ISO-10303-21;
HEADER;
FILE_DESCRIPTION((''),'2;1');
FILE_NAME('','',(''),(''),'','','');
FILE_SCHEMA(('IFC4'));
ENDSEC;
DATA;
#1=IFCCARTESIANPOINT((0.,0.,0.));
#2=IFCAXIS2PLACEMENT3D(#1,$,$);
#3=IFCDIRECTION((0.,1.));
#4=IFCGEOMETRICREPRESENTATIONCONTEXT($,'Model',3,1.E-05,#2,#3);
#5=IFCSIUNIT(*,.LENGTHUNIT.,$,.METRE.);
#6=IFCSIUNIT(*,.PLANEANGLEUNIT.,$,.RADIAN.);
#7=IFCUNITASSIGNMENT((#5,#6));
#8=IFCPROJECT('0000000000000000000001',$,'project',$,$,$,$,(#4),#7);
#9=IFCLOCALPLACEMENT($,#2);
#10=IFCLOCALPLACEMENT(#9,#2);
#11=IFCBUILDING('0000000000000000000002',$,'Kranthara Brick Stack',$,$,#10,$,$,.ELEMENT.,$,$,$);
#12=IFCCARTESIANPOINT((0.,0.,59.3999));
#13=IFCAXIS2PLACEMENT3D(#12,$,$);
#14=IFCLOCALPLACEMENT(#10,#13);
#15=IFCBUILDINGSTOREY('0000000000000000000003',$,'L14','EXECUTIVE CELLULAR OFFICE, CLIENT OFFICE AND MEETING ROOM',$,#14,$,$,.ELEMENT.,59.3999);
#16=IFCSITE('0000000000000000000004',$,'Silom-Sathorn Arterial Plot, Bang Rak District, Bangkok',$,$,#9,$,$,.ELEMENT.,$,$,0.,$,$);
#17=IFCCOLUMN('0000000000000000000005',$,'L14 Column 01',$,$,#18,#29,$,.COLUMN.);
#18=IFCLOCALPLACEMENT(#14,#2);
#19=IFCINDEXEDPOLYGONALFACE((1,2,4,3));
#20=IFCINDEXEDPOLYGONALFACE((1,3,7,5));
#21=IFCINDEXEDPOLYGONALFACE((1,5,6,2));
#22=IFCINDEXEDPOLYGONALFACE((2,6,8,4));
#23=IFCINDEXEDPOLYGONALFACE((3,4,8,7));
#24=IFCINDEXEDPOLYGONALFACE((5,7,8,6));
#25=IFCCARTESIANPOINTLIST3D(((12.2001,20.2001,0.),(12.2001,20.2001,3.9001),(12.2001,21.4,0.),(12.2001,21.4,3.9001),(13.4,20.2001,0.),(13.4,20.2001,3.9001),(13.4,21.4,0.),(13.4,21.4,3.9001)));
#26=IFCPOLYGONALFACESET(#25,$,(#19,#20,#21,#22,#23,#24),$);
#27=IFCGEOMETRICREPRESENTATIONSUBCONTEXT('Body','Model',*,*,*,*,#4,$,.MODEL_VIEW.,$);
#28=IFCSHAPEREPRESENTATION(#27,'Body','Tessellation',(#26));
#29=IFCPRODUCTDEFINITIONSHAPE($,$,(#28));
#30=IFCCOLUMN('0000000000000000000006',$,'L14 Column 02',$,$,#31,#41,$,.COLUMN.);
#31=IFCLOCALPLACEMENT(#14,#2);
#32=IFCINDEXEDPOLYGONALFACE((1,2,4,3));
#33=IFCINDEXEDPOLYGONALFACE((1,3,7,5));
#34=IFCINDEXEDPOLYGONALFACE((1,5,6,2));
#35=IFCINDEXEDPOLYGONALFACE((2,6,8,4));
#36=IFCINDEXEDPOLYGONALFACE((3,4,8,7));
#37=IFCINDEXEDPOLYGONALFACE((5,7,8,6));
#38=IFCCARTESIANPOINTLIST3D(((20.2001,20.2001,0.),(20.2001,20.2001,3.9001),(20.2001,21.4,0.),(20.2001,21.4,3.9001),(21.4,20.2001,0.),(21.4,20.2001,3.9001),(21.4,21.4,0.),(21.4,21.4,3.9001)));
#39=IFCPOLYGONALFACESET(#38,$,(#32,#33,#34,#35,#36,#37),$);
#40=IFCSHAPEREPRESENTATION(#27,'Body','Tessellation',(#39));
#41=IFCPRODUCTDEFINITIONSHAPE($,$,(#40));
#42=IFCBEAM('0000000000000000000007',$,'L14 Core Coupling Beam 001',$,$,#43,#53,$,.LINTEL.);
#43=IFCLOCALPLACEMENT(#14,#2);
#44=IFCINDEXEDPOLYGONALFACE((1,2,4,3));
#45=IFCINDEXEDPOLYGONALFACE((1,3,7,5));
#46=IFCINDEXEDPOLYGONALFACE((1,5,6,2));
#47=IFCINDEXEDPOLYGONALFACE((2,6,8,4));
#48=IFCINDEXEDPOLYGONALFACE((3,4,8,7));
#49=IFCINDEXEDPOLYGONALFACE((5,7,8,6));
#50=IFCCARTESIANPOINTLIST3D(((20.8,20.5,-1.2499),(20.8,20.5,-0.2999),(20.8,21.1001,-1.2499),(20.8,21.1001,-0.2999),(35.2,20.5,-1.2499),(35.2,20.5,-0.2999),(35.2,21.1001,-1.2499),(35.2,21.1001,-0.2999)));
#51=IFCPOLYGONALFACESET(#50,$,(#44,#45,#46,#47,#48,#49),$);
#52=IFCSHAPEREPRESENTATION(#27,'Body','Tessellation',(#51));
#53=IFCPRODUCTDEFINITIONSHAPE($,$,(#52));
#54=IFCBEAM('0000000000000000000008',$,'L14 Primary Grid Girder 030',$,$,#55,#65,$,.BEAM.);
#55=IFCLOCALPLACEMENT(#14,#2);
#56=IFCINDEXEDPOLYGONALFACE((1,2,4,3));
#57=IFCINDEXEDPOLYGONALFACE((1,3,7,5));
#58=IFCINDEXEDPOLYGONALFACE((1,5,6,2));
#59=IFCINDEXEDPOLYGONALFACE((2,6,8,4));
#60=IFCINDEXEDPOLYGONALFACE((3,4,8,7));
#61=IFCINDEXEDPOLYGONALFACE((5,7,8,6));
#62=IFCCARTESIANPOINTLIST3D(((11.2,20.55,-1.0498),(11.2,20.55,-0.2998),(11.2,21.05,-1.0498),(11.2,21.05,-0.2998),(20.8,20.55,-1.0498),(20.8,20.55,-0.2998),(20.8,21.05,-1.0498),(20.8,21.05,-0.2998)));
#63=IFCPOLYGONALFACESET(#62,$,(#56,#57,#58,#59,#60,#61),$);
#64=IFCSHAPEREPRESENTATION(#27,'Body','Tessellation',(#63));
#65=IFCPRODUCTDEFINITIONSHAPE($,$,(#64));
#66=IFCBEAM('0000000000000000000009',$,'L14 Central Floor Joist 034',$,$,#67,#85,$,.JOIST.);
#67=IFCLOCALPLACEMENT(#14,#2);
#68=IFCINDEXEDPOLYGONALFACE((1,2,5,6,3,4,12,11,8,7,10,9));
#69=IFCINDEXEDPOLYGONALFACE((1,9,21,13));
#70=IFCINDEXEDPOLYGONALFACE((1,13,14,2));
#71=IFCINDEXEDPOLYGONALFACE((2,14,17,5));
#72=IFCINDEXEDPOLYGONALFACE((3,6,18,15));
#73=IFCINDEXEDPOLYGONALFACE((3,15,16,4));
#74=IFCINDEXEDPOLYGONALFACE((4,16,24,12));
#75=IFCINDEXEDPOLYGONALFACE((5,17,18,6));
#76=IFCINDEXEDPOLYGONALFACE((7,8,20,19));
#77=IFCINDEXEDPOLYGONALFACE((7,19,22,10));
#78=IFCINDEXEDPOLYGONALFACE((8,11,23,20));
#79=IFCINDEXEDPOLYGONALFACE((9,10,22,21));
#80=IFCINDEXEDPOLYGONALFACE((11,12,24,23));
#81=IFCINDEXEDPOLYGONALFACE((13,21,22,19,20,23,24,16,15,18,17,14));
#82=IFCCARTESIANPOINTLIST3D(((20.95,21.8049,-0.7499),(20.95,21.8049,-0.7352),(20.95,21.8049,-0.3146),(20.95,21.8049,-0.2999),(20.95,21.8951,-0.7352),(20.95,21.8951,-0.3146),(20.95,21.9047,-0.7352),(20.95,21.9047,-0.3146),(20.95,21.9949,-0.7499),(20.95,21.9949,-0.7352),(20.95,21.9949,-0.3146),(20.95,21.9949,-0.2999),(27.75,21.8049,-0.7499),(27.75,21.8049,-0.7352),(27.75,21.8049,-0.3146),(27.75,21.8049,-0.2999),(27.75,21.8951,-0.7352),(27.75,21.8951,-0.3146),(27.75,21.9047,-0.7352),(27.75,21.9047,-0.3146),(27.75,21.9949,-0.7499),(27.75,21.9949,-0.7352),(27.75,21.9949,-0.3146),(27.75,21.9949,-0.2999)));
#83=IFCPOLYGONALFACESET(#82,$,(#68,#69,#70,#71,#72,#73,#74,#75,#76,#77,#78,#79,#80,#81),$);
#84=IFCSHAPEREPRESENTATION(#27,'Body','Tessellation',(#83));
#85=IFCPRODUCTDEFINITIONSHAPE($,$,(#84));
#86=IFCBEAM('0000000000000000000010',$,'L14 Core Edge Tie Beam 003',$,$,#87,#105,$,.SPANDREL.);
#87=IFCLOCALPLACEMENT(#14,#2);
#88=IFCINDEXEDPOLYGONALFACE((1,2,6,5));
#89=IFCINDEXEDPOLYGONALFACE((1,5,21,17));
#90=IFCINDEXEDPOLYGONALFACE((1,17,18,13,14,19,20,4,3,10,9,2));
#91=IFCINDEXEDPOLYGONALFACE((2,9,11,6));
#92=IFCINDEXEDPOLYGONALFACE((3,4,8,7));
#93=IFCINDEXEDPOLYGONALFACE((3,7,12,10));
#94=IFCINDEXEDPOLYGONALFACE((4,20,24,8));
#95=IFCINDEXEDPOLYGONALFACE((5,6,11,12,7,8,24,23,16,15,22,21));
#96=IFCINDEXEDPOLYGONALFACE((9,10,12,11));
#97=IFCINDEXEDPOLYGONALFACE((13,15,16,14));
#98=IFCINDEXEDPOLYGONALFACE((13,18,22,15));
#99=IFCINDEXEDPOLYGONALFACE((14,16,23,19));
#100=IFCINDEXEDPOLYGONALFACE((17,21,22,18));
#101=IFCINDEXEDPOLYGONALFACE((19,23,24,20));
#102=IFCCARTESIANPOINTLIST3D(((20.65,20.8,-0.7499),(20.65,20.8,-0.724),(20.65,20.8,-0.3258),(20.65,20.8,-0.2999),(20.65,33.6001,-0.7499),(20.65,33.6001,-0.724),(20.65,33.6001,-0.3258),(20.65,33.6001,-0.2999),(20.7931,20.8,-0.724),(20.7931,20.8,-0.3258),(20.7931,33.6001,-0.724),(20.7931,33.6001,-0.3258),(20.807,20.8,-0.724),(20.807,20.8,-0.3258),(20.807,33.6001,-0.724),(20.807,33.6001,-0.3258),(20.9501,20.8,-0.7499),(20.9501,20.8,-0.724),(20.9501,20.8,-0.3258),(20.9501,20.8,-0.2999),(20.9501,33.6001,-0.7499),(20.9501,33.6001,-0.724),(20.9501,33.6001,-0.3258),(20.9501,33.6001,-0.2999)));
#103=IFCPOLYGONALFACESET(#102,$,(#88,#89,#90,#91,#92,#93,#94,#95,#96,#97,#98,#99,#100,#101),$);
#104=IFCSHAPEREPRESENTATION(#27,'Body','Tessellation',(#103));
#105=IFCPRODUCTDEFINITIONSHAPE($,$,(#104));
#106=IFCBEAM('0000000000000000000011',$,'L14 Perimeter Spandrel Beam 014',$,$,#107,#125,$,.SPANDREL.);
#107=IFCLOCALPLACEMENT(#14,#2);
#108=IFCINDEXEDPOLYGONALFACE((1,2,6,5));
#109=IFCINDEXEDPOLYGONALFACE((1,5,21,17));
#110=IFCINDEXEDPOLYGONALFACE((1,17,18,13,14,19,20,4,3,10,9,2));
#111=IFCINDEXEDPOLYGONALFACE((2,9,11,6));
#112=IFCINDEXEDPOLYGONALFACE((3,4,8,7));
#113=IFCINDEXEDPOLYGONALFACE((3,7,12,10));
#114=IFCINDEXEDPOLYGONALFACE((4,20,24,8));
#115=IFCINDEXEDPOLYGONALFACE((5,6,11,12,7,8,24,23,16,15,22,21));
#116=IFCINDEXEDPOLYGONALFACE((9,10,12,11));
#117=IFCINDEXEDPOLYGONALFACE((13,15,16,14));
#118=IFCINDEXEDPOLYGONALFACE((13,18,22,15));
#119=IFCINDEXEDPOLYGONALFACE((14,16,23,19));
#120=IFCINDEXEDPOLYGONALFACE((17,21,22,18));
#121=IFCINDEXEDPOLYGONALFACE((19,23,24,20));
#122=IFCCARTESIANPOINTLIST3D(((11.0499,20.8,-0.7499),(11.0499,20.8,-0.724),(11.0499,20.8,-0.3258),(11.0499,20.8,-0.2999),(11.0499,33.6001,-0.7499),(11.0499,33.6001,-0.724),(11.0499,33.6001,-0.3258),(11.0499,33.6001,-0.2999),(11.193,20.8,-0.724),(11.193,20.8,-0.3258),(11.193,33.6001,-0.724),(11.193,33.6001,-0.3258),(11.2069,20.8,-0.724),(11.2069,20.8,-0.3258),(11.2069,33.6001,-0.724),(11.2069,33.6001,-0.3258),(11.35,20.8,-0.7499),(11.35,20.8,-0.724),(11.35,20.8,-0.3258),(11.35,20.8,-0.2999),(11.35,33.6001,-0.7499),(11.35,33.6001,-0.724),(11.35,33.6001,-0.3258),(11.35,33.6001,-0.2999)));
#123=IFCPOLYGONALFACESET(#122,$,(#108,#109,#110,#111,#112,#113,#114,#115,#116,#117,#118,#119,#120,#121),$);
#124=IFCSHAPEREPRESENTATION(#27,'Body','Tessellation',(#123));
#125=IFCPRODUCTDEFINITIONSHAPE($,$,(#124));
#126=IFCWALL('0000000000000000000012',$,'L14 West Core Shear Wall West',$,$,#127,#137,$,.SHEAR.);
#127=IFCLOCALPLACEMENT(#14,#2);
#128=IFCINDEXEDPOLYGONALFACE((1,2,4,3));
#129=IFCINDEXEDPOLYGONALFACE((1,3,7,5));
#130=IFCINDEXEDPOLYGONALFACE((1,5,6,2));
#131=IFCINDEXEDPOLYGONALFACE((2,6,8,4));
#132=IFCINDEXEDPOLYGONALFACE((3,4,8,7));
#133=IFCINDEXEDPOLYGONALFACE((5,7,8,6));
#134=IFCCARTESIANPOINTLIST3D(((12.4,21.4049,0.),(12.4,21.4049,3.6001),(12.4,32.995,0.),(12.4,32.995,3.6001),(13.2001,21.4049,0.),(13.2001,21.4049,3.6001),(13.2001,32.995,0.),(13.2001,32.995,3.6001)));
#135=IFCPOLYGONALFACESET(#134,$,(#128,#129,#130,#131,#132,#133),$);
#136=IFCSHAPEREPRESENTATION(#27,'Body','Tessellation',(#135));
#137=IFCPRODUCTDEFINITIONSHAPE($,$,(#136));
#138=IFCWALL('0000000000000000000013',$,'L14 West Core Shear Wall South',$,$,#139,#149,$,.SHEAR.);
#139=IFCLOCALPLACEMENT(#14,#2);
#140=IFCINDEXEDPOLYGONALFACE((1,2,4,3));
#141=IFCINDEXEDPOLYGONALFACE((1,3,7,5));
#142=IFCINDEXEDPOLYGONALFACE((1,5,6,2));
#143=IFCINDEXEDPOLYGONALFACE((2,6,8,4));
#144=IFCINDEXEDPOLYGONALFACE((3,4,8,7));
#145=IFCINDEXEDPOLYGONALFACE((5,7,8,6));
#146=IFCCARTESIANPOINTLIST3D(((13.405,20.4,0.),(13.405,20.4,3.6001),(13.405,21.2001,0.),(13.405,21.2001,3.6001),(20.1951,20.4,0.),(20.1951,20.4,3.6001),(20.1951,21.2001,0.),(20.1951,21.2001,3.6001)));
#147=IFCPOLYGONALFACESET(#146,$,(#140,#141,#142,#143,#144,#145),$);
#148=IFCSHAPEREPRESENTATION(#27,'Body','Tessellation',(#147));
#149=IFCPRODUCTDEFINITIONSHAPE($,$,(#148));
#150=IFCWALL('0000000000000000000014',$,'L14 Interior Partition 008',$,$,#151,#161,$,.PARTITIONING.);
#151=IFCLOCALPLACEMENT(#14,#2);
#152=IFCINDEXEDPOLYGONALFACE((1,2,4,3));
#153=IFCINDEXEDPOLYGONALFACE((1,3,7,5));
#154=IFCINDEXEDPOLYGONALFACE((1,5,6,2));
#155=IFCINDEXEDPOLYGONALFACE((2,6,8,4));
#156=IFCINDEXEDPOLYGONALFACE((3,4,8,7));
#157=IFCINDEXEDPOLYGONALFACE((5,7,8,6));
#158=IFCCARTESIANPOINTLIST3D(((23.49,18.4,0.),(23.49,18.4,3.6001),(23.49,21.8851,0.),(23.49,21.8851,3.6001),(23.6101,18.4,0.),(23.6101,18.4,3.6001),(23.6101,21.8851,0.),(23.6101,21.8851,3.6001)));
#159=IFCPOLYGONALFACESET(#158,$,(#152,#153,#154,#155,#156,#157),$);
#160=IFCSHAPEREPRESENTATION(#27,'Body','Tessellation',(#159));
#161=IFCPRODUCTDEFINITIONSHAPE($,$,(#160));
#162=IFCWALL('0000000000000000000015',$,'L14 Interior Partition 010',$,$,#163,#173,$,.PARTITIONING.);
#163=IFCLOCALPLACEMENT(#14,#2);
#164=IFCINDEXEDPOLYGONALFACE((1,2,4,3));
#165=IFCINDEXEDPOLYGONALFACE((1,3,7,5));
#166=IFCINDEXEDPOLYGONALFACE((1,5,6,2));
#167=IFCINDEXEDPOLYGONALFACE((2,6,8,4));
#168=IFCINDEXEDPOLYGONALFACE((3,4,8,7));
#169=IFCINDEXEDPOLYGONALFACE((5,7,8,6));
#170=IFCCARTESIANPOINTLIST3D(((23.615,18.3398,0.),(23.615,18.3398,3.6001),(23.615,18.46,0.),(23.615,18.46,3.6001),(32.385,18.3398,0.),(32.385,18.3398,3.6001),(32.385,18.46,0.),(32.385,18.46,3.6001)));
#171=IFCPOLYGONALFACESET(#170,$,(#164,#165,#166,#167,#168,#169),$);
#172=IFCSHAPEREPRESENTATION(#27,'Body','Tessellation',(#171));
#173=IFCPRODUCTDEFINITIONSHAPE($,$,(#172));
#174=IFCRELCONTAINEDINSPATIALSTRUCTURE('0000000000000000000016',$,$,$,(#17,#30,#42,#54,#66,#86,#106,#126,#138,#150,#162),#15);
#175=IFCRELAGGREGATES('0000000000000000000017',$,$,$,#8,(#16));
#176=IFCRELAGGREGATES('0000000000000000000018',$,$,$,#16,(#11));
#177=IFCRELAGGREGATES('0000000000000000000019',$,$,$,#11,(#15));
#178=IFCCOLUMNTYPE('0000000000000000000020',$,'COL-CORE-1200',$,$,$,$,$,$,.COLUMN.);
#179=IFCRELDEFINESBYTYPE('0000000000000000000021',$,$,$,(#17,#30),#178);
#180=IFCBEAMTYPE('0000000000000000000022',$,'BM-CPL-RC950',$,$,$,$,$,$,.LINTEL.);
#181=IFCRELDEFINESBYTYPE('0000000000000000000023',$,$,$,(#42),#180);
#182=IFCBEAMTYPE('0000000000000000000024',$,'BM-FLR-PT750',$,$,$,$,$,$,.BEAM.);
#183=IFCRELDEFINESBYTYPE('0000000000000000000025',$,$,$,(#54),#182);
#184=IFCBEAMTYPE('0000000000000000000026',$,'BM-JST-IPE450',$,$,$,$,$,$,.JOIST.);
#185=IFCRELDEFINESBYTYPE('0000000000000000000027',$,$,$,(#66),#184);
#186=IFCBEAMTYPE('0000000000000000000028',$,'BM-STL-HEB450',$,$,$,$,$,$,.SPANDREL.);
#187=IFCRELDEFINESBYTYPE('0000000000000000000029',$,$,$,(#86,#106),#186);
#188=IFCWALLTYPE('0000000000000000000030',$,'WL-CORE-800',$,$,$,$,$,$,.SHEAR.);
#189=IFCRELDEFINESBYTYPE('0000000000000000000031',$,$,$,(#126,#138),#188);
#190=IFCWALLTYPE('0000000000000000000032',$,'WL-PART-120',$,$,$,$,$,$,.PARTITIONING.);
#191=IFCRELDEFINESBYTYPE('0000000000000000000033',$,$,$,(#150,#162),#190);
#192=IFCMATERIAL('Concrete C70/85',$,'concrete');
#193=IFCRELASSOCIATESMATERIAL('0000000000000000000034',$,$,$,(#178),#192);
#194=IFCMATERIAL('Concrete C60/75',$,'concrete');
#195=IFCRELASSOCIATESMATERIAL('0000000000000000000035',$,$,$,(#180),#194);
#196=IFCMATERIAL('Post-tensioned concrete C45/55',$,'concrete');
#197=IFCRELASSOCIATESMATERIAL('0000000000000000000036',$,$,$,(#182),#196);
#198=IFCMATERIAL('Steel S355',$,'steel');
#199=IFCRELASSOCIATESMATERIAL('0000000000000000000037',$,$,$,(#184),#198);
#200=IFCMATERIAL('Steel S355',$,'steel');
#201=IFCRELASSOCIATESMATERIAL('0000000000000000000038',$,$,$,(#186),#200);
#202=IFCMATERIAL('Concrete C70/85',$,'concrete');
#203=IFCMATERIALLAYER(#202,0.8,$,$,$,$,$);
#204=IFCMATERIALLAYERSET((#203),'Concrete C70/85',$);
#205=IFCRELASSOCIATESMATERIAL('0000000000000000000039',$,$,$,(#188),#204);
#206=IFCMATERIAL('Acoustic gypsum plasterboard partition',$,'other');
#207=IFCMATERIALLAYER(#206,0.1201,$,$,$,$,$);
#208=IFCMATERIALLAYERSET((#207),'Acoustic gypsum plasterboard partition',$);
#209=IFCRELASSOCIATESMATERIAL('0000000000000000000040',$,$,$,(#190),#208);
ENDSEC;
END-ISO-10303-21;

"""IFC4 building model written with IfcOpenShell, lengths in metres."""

from ifc_helpers import new_model, si_unit, direction, frame, frame_2d, origin, origin_2d, place, context, subcontext, project, spatial, rectangle, i_section, extrude, material, layer, layer_set, material_profile, profile_set, type_object, element, save


model = new_model("IFC4")

# Units and contexts
model_context = context("Model", 3, precision=1e-05, world=origin(), true_north=direction((0.0, 1.0)))
body_context = subcontext(model_context, "Body", "Model", "MODEL_VIEW")
ifc_project = project(units=[si_unit("LENGTHUNIT", "METRE"), si_unit("PLANEANGLEUNIT", "RADIAN")], contexts=[model_context])

# Site, building, storey
site_placement = place(None, origin())
site = spatial("IfcSite", under=ifc_project, at=site_placement, Name="Silom-Sathorn Arterial Plot, Bang Rak District, Bangkok", CompositionType="ELEMENT", RefElevation=0.0)
building_placement = place(site_placement, origin())
building = spatial("IfcBuilding", under=site, at=building_placement, Name="Kranthara Brick Stack", CompositionType="ELEMENT")
storey_placement = place(building_placement, frame((0.0, 0.0, 59.3999)))
storey = spatial("IfcBuildingStorey", under=building, at=storey_placement, Name="L14", Description="EXECUTIVE CELLULAR OFFICE, CLIENT OFFICE AND MEETING ROOM", CompositionType="ELEMENT", Elevation=59.3999)

# Columns
ifc_material_1 = material(Name="Concrete C70/85", Category="concrete")
ifc_material_profile_1 = material_profile(ifc_material_1, rectangle(XDim=1.2, YDim=1.2, at=origin_2d()), Name="RC 1200x1200")
ifc_profile_set_1 = profile_set([ifc_material_profile_1], Name="Concrete C70/85")
column_type = type_object("IfcColumnType", Name="COL-CORE-1200", PredefinedType="COLUMN", material=ifc_profile_set_1)
for number, where, z_axis, x_axis, name in (
    (1, (12.8, 20.8, 0.0), (0.0, 0.0, 1.0), (1.0, 0.0, 0.0), "L14 Column 01"),
    (2, (20.8, 20.8, 0.0), (0.0, 0.0, 1.0), (1.0, 0.0, 0.0), "L14 Column 02"),
):
    element("IfcColumn", number, at=place(storey_placement, frame(where, z_axis=z_axis, x_axis=x_axis)), inside=storey, type_object=column_type, Name=name, PredefinedType="COLUMN", context=body_context, shape_type="SweptSolid", body=[
        extrude(rectangle(XDim=1.2, YDim=1.2, at=origin_2d()), origin(), (0.0, 0.0, 1.0), 3.9001),
    ])

# Beams
ifc_material_2 = material(Name="Concrete C60/75", Category="concrete")
ifc_material_profile_2 = material_profile(ifc_material_2, rectangle(XDim=0.6001, YDim=0.95, at=origin_2d()), Name="RC 600x950")
ifc_profile_set_2 = profile_set([ifc_material_profile_2], Name="Concrete C60/75")
beam_type_1 = type_object("IfcBeamType", Name="BM-CPL-RC950", PredefinedType="LINTEL", material=ifc_profile_set_2)
beam_1_placement = place(storey_placement, frame((20.8, 20.8, -0.7749), z_axis=(1.0, 0.0, 0.0), x_axis=(0.0, 1.0, 0.0)))
element("IfcBeam", 3, at=beam_1_placement, inside=storey, type_object=beam_type_1, Name="L14 Core Coupling Beam 001", PredefinedType="LINTEL", context=body_context, shape_type="SweptSolid", body=[
    extrude(rectangle(XDim=0.6001, YDim=0.95, at=origin_2d()), origin(), (0.0, 0.0, 1.0), 14.3999),
])
ifc_material_3 = material(Name="Post-tensioned concrete C45/55", Category="concrete")
ifc_material_profile_3 = material_profile(ifc_material_3, rectangle(XDim=0.5, YDim=0.75, at=origin_2d()), Name="PT 500x750")
ifc_profile_set_3 = profile_set([ifc_material_profile_3], Name="Post-tensioned concrete C45/55")
beam_type_2 = type_object("IfcBeamType", Name="BM-FLR-PT750", PredefinedType="BEAM", material=ifc_profile_set_3)
beam_2_placement = place(storey_placement, frame((11.2, 20.8, -0.6748), z_axis=(1.0, 0.0, 0.0), x_axis=(0.0, 1.0, 0.0)))
element("IfcBeam", 4, at=beam_2_placement, inside=storey, type_object=beam_type_2, Name="L14 Primary Grid Girder 030", PredefinedType="BEAM", context=body_context, shape_type="SweptSolid", body=[
    extrude(rectangle(XDim=0.5, YDim=0.75, at=origin_2d()), origin(), (0.0, 0.0, 1.0), 9.6001),
])
ifc_material_4 = material(Name="Steel S355", Category="steel")
ifc_material_profile_4 = material_profile(ifc_material_4, i_section(OverallWidth=0.1899, OverallDepth=0.45, WebThickness=0.0095, FlangeThickness=0.0146, at=origin_2d()), Name="IPE 450")
ifc_profile_set_4 = profile_set([ifc_material_profile_4], Name="Steel S355")
beam_type_3 = type_object("IfcBeamType", Name="BM-JST-IPE450", PredefinedType="JOIST", material=ifc_profile_set_4)
beam_3_placement = place(storey_placement, frame((20.95, 21.8999, -0.5249), z_axis=(1.0, 0.0, 0.0), x_axis=(0.0, 1.0, 0.0)))
element("IfcBeam", 5, at=beam_3_placement, inside=storey, type_object=beam_type_3, Name="L14 Central Floor Joist 034", PredefinedType="JOIST", context=body_context, shape_type="SweptSolid", body=[
    extrude(i_section(OverallWidth=0.1899, OverallDepth=0.45, WebThickness=0.0095, FlangeThickness=0.0146, at=origin_2d()), origin(), (0.0, 0.0, 1.0), 6.8),
])
ifc_material_5 = material(Name="Steel S355", Category="steel")
ifc_material_profile_5 = material_profile(ifc_material_5, i_section(OverallWidth=0.3, OverallDepth=0.45, WebThickness=0.0139, FlangeThickness=0.0259, at=origin_2d()), Name="HEB 450")
ifc_profile_set_5 = profile_set([ifc_material_profile_5], Name="Steel S355")
beam_type_4 = type_object("IfcBeamType", Name="BM-STL-HEB450", PredefinedType="SPANDREL", material=ifc_profile_set_5)
for number, where, z_axis, x_axis, name in (
    (6, (20.8, 20.8, -0.5249), (0.0, 1.0, 0.0), (-1.0, 0.0, 0.0), "L14 Core Edge Tie Beam 003"),
    (7, (11.2, 20.8, -0.5249), (0.0, 1.0, 0.0), (-1.0, 0.0, 0.0), "L14 Perimeter Spandrel Beam 014"),
):
    element("IfcBeam", number, at=place(storey_placement, frame(where, z_axis=z_axis, x_axis=x_axis)), inside=storey, type_object=beam_type_4, Name=name, PredefinedType="SPANDREL", context=body_context, shape_type="SweptSolid", body=[
        extrude(i_section(OverallWidth=0.3, OverallDepth=0.45, WebThickness=0.0139, FlangeThickness=0.0259, at=origin_2d()), origin(), (0.0, 0.0, 1.0), 12.8),
    ])

# Walls
ifc_material_6 = material(Name="Concrete C70/85", Category="concrete")
ifc_layer_1 = layer(ifc_material_6, 0.8)
ifc_layer_set_1 = layer_set([ifc_layer_1], Name="Concrete C70/85")
wall_type_1 = type_object("IfcWallType", Name="WL-CORE-800", PredefinedType="SHEAR", material=ifc_layer_set_1)
wall_1_placement = place(storey_placement, frame((12.8, 21.405, 0.0), z_axis=(0.0, 0.0, 1.0), x_axis=(0.0, 1.0, 0.0)))
element("IfcWall", 8, at=wall_1_placement, inside=storey, type_object=wall_type_1, Name="L14 West Core Shear Wall West", PredefinedType="SHEAR", context=body_context, shape_type="SweptSolid", body=[
    extrude(rectangle(XDim=11.5901, YDim=0.8, at=frame_2d((5.7949, 0.0))), origin(), (0.0, 0.0, 1.0), 3.6001),
])
wall_2_placement = place(storey_placement, frame((13.405, 20.8, 0.0), z_axis=(0.0, 0.0, 1.0), x_axis=(1.0, 0.0, 0.0)))
element("IfcWall", 9, at=wall_2_placement, inside=storey, type_object=wall_type_1, Name="L14 West Core Shear Wall South", PredefinedType="SHEAR", context=body_context, shape_type="SweptSolid", body=[
    extrude(rectangle(XDim=6.79, YDim=0.8, at=frame_2d((3.395, 0.0))), origin(), (0.0, 0.0, 1.0), 3.6001),
])

# Walls
ifc_material_7 = material(Name="Acoustic gypsum plasterboard partition", Category="other")
ifc_layer_2 = layer(ifc_material_7, 0.1201)
ifc_layer_set_2 = layer_set([ifc_layer_2], Name="Acoustic gypsum plasterboard partition")
wall_type_2 = type_object("IfcWallType", Name="WL-PART-120", PredefinedType="PARTITIONING", material=ifc_layer_set_2)
wall_3_placement = place(storey_placement, frame((23.55, 18.3999, 0.0), z_axis=(0.0, 0.0, 1.0), x_axis=(0.0, 1.0, 0.0)))
element("IfcWall", 10, at=wall_3_placement, inside=storey, type_object=wall_type_2, Name="L14 Interior Partition 008", PredefinedType="PARTITIONING", context=body_context, shape_type="SweptSolid", body=[
    extrude(rectangle(XDim=3.4851, YDim=0.1201, at=frame_2d((1.7427, 0.0))), origin(), (0.0, 0.0, 1.0), 3.6001),
])
wall_4_placement = place(storey_placement, frame((23.615, 18.3999, 0.0), z_axis=(0.0, 0.0, 1.0), x_axis=(1.0, 0.0, 0.0)))
element("IfcWall", 11, at=wall_4_placement, inside=storey, type_object=wall_type_2, Name="L14 Interior Partition 010", PredefinedType="PARTITIONING", context=body_context, shape_type="SweptSolid", body=[
    extrude(rectangle(XDim=8.77, YDim=0.1201, at=frame_2d((4.385, 0.0))), origin(), (0.0, 0.0, 1.0), 3.6001),
])

save(model, "model.ifc")
